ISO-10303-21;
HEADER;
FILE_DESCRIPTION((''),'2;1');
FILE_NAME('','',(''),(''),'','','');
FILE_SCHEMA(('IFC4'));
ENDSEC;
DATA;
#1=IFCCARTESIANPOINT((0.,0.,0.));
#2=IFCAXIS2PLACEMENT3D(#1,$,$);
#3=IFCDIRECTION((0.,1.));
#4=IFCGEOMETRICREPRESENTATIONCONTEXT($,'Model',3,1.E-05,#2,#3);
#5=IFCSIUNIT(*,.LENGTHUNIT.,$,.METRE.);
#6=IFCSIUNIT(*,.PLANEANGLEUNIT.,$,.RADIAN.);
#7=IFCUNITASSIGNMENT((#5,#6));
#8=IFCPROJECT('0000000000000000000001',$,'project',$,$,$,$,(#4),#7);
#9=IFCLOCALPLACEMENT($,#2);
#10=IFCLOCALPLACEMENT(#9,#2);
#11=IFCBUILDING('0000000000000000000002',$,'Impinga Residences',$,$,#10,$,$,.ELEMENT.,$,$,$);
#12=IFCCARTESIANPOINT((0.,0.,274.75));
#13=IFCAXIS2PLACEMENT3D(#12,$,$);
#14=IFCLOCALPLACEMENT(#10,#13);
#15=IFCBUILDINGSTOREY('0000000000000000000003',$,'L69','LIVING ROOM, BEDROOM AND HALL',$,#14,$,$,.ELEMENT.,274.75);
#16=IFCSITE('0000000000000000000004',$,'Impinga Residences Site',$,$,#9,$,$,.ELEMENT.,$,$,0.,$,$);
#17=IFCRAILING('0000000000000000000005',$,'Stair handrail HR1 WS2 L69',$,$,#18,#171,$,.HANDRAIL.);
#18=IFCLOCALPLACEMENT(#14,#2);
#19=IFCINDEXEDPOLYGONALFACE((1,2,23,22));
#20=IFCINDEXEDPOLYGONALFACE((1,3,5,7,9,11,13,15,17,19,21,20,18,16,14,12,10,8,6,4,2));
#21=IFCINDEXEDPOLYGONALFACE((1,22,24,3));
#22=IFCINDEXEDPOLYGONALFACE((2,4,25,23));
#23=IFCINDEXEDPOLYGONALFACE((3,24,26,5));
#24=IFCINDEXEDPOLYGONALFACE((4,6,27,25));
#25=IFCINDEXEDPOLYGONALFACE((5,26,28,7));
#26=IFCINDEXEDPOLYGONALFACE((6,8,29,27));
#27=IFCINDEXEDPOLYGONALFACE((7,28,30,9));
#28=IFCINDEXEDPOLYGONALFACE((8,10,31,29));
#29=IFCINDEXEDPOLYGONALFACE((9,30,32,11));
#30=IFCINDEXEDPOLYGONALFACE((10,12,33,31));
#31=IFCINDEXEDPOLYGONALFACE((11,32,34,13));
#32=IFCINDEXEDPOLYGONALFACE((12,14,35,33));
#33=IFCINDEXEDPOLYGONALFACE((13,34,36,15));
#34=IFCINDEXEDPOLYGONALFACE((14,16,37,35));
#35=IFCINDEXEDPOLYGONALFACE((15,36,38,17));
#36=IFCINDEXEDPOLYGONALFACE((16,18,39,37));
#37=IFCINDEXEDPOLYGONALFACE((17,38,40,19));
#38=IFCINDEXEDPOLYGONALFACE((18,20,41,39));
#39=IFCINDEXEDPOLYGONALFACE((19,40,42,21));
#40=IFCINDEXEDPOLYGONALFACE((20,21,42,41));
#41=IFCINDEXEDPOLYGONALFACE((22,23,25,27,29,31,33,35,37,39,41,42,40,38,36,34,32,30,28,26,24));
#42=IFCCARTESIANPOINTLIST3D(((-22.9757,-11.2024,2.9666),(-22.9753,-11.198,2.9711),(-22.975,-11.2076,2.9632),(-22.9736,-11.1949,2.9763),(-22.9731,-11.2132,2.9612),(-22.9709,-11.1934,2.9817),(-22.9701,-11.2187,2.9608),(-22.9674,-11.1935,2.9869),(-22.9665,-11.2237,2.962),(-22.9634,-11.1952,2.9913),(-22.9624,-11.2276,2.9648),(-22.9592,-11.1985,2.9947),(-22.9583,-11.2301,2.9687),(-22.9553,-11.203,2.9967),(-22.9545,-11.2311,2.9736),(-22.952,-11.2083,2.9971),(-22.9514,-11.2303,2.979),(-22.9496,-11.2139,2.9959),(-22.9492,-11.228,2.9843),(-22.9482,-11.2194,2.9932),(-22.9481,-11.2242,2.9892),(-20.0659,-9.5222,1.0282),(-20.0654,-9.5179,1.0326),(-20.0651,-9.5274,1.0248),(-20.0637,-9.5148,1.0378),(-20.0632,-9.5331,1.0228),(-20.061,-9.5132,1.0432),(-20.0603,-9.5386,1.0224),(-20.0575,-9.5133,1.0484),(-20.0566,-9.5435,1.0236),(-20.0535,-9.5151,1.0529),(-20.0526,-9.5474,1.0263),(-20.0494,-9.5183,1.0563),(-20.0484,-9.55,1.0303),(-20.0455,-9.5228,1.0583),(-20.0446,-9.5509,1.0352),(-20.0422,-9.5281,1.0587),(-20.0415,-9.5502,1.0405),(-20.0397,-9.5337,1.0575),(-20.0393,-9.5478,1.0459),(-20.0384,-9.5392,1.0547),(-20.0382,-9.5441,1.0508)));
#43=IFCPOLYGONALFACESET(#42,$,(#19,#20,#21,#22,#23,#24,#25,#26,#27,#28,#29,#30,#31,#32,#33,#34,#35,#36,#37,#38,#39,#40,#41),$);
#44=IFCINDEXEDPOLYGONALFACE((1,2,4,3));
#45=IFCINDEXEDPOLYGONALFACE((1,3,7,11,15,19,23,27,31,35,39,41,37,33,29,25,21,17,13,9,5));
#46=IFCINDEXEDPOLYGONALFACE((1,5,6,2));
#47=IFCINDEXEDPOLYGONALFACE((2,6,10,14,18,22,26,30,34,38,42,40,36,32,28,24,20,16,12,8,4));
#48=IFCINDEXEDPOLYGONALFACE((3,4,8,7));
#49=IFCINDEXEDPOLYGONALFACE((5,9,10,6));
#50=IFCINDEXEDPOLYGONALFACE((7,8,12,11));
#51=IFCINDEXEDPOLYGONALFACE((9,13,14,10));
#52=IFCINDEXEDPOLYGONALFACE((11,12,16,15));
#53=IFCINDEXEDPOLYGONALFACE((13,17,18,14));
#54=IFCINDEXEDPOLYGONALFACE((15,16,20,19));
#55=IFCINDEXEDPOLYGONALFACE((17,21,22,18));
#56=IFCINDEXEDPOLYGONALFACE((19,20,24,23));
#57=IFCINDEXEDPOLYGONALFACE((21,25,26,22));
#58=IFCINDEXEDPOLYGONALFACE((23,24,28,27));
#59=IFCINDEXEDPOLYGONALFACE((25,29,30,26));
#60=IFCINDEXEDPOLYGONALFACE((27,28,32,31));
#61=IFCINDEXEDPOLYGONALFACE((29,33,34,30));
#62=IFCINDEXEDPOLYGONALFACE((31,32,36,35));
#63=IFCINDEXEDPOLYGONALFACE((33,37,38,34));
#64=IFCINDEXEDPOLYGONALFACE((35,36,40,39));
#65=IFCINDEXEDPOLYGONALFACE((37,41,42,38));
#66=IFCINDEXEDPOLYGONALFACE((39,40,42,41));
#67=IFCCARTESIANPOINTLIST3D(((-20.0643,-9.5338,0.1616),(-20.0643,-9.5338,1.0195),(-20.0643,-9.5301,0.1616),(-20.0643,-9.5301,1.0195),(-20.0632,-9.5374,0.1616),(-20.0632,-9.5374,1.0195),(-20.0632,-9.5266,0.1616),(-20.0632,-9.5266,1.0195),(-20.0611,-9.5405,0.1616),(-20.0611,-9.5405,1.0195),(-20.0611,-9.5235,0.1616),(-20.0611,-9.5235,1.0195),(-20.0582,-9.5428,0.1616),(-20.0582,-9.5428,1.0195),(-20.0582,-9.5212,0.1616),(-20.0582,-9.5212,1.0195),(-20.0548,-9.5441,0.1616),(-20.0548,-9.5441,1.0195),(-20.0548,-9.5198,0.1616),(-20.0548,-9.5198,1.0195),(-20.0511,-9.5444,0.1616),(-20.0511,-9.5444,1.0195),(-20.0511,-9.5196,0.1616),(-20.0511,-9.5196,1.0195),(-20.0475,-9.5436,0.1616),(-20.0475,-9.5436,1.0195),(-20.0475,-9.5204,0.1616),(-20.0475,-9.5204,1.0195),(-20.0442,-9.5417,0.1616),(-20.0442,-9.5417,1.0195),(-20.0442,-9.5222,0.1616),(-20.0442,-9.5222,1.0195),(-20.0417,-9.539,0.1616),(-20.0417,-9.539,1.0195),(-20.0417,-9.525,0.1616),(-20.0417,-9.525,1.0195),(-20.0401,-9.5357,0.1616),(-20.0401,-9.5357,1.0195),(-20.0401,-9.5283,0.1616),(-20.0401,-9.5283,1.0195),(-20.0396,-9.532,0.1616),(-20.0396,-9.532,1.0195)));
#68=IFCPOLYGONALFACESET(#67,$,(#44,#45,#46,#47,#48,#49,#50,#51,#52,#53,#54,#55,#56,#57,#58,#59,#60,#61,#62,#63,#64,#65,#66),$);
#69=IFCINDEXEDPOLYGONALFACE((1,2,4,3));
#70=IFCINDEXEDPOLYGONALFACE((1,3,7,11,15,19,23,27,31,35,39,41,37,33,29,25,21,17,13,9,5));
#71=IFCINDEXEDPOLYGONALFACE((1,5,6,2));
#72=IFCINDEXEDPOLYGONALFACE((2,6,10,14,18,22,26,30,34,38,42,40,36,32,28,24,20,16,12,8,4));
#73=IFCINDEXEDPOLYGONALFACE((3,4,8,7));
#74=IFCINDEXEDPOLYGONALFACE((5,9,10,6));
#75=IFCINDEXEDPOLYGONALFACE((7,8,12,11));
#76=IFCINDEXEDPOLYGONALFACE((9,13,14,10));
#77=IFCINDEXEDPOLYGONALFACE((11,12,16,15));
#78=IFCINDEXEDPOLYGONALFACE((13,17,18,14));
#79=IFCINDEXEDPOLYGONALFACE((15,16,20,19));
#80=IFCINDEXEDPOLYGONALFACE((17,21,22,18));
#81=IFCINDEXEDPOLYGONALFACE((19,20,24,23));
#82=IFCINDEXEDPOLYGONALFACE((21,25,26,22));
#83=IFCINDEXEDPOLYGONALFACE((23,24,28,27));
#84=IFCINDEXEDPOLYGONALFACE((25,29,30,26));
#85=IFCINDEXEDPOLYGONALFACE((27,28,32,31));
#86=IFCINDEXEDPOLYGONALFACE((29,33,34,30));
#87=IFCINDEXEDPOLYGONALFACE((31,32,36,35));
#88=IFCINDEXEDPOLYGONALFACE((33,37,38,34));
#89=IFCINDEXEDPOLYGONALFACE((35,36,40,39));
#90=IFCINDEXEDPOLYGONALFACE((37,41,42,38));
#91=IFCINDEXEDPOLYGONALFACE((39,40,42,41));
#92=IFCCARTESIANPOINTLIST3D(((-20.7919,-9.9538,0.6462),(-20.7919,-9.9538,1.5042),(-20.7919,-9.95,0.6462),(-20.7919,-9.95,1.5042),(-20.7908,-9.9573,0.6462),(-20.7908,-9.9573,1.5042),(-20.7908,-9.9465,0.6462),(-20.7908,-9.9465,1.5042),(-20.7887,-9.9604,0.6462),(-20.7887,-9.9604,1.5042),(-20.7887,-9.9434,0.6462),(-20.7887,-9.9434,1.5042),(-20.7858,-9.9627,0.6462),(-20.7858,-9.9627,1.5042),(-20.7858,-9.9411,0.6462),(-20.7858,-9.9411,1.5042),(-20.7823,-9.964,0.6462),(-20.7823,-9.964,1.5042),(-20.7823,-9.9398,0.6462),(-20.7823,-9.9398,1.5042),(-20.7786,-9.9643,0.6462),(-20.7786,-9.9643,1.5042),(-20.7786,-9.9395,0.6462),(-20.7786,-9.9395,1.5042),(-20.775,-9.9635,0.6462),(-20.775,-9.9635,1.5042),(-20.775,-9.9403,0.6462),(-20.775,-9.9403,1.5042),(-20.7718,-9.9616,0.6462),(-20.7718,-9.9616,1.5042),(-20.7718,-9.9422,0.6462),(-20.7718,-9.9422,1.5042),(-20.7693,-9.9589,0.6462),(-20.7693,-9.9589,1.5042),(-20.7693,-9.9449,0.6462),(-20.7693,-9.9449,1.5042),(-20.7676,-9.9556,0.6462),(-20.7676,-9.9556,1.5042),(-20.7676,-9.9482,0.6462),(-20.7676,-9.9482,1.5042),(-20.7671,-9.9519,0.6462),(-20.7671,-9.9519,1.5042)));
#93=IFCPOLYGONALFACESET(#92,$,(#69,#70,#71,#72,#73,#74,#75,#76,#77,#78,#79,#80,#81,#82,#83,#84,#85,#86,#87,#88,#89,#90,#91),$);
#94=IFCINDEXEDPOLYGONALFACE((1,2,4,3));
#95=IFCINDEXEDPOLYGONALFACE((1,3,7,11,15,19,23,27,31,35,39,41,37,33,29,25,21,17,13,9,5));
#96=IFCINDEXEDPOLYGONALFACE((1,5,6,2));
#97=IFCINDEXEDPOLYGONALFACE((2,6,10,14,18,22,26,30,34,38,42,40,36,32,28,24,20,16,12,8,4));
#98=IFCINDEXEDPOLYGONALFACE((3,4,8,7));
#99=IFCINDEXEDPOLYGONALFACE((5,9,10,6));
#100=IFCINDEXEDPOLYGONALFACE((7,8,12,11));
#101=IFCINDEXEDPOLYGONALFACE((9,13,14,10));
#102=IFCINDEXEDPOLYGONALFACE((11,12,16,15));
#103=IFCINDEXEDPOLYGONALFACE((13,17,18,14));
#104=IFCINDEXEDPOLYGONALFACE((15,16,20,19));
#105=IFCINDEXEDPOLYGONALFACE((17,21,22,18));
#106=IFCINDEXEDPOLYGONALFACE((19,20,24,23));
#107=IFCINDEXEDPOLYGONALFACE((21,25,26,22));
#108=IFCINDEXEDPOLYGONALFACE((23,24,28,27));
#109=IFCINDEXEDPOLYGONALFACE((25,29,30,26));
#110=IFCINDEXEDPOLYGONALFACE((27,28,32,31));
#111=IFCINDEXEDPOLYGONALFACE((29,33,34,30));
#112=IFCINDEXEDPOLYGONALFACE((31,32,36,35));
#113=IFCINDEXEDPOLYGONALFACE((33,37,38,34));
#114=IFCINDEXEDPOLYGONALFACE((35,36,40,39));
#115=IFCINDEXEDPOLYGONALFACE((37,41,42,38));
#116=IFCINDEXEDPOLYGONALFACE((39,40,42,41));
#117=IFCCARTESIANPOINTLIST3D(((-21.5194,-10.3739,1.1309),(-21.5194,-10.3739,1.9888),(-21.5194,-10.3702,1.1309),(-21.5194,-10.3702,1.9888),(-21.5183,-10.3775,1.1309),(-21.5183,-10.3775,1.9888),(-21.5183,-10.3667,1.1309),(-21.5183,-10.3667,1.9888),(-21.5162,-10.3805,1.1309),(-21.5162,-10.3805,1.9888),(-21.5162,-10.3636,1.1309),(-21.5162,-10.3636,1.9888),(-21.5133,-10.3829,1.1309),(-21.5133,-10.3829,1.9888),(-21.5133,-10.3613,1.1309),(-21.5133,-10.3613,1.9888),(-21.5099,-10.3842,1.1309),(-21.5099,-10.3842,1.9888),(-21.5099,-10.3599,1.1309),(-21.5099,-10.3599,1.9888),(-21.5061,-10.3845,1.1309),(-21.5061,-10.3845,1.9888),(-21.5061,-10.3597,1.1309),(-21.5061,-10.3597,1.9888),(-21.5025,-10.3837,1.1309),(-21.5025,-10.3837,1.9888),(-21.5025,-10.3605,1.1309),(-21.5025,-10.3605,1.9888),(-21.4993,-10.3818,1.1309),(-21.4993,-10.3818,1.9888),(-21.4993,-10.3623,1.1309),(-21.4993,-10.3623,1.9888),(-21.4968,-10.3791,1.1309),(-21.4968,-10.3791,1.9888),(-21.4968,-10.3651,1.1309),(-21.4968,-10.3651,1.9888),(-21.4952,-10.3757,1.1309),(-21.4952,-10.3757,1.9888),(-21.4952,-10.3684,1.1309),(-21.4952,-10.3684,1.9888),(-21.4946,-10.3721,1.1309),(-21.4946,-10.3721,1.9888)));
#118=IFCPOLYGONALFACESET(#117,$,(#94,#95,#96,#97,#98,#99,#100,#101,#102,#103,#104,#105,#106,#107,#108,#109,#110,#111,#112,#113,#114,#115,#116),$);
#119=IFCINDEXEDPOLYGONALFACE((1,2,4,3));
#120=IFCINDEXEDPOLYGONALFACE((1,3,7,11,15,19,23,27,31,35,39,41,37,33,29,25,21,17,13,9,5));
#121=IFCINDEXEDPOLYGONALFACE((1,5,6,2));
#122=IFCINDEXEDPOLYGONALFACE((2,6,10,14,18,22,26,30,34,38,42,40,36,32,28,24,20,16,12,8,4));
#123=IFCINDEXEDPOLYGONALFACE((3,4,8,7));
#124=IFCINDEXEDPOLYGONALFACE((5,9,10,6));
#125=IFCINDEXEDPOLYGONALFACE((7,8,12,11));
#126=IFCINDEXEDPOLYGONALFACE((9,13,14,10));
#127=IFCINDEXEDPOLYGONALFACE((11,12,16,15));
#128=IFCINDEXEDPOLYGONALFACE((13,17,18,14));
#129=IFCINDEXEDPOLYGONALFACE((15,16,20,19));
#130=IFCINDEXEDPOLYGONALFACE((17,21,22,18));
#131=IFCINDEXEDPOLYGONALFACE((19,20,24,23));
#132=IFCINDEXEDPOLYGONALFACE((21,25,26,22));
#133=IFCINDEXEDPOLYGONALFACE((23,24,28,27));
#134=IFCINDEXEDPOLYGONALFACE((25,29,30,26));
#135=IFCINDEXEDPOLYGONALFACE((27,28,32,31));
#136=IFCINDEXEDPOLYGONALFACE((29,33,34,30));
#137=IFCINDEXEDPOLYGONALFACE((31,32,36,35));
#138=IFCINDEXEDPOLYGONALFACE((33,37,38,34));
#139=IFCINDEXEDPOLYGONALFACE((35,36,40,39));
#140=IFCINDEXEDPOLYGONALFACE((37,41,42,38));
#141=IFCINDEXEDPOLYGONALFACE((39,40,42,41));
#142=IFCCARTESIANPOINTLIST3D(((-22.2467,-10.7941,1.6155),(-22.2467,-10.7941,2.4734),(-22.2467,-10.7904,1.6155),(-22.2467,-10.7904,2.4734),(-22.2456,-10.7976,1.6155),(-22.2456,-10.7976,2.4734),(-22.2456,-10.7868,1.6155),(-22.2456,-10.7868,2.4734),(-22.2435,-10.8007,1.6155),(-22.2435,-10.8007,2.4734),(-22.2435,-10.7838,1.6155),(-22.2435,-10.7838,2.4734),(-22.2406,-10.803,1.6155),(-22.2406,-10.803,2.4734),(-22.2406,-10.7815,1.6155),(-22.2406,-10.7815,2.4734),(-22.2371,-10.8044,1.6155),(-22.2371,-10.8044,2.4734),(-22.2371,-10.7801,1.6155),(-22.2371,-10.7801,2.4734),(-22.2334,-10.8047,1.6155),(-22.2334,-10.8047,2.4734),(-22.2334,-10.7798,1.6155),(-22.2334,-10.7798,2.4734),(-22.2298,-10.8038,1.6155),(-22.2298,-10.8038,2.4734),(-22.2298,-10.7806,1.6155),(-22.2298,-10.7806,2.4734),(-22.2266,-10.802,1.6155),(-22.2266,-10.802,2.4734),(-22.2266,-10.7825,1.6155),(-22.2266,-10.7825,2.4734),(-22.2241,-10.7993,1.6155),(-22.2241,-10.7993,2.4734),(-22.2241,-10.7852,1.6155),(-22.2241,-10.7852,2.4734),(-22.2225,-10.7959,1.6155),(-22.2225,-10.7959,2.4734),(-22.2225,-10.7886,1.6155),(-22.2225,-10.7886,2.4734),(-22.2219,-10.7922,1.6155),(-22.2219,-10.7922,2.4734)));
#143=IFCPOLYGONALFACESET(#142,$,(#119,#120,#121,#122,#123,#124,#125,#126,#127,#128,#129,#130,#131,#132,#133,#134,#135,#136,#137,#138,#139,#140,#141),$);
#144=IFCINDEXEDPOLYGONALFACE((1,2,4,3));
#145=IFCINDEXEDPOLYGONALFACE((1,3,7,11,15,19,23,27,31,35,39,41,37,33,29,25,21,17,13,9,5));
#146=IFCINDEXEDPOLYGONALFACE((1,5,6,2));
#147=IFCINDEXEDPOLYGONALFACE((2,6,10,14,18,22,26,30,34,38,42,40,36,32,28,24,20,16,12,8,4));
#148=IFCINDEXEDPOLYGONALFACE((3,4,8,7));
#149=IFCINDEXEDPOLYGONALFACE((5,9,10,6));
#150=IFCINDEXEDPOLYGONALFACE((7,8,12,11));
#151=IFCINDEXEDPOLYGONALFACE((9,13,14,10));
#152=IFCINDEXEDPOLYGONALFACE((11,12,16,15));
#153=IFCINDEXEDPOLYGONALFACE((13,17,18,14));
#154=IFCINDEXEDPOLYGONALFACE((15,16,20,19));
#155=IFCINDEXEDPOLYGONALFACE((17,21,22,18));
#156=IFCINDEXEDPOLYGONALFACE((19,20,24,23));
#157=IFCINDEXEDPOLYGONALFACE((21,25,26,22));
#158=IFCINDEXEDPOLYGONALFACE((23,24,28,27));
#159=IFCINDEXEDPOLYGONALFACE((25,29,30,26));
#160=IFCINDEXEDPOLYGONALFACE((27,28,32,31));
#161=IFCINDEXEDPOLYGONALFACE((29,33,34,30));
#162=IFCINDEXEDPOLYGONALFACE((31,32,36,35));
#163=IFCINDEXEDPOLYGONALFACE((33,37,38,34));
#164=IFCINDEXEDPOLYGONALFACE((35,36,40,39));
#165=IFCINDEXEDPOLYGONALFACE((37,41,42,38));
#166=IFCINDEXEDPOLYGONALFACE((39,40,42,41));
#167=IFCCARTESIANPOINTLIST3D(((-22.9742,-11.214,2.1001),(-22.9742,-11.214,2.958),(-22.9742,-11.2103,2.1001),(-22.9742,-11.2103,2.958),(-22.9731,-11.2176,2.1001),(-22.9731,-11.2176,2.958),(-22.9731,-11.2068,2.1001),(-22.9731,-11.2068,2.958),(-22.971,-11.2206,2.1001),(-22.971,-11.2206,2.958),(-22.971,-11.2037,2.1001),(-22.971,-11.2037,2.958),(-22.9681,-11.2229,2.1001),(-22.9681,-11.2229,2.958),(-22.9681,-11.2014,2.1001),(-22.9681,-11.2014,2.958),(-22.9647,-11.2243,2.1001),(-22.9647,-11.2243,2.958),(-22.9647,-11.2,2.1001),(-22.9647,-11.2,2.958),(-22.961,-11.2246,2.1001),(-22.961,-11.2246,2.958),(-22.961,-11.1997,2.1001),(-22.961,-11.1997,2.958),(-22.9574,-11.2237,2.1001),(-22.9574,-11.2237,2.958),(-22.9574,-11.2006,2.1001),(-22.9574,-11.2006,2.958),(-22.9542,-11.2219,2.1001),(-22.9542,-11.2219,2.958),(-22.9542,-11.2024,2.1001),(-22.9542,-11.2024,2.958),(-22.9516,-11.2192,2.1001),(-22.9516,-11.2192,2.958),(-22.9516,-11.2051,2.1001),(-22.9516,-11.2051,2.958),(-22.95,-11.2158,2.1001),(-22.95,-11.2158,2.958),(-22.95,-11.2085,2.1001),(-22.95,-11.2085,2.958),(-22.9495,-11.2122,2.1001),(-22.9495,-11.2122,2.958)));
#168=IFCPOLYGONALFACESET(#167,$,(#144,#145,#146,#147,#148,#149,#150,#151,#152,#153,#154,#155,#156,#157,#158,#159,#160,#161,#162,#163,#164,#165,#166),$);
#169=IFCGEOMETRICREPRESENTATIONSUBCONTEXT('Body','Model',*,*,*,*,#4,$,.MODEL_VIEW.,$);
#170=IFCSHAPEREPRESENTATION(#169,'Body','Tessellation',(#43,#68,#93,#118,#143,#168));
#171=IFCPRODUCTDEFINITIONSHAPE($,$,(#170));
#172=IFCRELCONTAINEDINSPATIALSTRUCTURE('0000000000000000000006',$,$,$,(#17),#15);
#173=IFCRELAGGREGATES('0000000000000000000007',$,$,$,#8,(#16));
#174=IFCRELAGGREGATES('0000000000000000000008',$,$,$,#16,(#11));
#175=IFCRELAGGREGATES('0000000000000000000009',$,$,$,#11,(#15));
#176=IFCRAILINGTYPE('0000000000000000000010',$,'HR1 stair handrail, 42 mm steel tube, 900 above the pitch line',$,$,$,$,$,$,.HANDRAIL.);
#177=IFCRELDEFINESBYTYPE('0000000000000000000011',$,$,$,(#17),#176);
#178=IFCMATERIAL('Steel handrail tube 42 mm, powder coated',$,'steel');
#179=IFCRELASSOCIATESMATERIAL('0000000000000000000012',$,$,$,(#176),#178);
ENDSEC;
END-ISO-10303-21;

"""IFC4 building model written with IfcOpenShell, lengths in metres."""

from ifc_helpers import new_model, si_unit, direction, frame, origin, origin_2d, place, context, subcontext, project, spatial, circle, extrude, material, type_object, element, save


model = new_model("IFC4")

# Units and contexts
model_context = context("Model", 3, precision=1e-05, world=origin(), true_north=direction((0.0, 1.0)))
body_context = subcontext(model_context, "Body", "Model", "MODEL_VIEW")
ifc_project = project(units=[si_unit("LENGTHUNIT", "METRE"), si_unit("PLANEANGLEUNIT", "RADIAN")], contexts=[model_context])

# Site, building, storey
site_placement = place(None, origin())
site = spatial("IfcSite", under=ifc_project, at=site_placement, Name="Impinga Residences Site", CompositionType="ELEMENT", RefElevation=0.0)
building_placement = place(site_placement, origin())
building = spatial("IfcBuilding", under=site, at=building_placement, Name="Impinga Residences", CompositionType="ELEMENT")
storey_placement = place(building_placement, frame((0.0, 0.0, 274.75)))
storey = spatial("IfcBuildingStorey", under=building, at=storey_placement, Name="L69", Description="LIVING ROOM, BEDROOM AND HALL", CompositionType="ELEMENT", Elevation=274.75)

# Railing
ifc_material_1 = material(Name="Steel handrail tube 42 mm, powder coated", Category="steel")
railing_type_1 = type_object("IfcRailingType", Name="HR1 stair handrail, 42 mm steel tube, 900 above the pitch line", PredefinedType="HANDRAIL", material=ifc_material_1)
railing_1_placement = place(storey_placement, frame((-20.052, -9.532, 0.1616)))
element("IfcRailing", 1, at=railing_1_placement, inside=storey, type_object=railing_type_1, Name="Stair handrail HR1 WS2 L69", PredefinedType="HANDRAIL", context=body_context, shape_type="SweptSolid", body=[
    extrude(circle(Radius=0.021, at=origin_2d()), frame((0.0, 0.0, 0.8789), z_axis=(-0.75013, -0.433123, 0.499709), x_axis=(0.500031, -0.866008, 0.0)), (0.0, 0.0, 1.0), 3.8792),
    extrude(circle(Radius=0.0125, at=origin_2d()), origin(), (0.0, 0.0, 1.0), 0.8579),
    extrude(circle(Radius=0.0125, at=origin_2d()), frame((-0.7275, -0.4199, 0.4846)), (0.0, 0.0, 1.0), 0.8579),
    extrude(circle(Radius=0.0125, at=origin_2d()), frame((-1.4551, -0.8401, 0.9692)), (0.0, 0.0, 1.0), 0.8579),
    extrude(circle(Radius=0.0125, at=origin_2d()), frame((-2.1824, -1.2603, 1.4539)), (0.0, 0.0, 1.0), 0.8579),
    extrude(circle(Radius=0.0125, at=origin_2d()), frame((-2.9099, -1.6802, 1.9385)), (0.0, 0.0, 1.0), 0.8579),
])

save(model, "model.ifc")
